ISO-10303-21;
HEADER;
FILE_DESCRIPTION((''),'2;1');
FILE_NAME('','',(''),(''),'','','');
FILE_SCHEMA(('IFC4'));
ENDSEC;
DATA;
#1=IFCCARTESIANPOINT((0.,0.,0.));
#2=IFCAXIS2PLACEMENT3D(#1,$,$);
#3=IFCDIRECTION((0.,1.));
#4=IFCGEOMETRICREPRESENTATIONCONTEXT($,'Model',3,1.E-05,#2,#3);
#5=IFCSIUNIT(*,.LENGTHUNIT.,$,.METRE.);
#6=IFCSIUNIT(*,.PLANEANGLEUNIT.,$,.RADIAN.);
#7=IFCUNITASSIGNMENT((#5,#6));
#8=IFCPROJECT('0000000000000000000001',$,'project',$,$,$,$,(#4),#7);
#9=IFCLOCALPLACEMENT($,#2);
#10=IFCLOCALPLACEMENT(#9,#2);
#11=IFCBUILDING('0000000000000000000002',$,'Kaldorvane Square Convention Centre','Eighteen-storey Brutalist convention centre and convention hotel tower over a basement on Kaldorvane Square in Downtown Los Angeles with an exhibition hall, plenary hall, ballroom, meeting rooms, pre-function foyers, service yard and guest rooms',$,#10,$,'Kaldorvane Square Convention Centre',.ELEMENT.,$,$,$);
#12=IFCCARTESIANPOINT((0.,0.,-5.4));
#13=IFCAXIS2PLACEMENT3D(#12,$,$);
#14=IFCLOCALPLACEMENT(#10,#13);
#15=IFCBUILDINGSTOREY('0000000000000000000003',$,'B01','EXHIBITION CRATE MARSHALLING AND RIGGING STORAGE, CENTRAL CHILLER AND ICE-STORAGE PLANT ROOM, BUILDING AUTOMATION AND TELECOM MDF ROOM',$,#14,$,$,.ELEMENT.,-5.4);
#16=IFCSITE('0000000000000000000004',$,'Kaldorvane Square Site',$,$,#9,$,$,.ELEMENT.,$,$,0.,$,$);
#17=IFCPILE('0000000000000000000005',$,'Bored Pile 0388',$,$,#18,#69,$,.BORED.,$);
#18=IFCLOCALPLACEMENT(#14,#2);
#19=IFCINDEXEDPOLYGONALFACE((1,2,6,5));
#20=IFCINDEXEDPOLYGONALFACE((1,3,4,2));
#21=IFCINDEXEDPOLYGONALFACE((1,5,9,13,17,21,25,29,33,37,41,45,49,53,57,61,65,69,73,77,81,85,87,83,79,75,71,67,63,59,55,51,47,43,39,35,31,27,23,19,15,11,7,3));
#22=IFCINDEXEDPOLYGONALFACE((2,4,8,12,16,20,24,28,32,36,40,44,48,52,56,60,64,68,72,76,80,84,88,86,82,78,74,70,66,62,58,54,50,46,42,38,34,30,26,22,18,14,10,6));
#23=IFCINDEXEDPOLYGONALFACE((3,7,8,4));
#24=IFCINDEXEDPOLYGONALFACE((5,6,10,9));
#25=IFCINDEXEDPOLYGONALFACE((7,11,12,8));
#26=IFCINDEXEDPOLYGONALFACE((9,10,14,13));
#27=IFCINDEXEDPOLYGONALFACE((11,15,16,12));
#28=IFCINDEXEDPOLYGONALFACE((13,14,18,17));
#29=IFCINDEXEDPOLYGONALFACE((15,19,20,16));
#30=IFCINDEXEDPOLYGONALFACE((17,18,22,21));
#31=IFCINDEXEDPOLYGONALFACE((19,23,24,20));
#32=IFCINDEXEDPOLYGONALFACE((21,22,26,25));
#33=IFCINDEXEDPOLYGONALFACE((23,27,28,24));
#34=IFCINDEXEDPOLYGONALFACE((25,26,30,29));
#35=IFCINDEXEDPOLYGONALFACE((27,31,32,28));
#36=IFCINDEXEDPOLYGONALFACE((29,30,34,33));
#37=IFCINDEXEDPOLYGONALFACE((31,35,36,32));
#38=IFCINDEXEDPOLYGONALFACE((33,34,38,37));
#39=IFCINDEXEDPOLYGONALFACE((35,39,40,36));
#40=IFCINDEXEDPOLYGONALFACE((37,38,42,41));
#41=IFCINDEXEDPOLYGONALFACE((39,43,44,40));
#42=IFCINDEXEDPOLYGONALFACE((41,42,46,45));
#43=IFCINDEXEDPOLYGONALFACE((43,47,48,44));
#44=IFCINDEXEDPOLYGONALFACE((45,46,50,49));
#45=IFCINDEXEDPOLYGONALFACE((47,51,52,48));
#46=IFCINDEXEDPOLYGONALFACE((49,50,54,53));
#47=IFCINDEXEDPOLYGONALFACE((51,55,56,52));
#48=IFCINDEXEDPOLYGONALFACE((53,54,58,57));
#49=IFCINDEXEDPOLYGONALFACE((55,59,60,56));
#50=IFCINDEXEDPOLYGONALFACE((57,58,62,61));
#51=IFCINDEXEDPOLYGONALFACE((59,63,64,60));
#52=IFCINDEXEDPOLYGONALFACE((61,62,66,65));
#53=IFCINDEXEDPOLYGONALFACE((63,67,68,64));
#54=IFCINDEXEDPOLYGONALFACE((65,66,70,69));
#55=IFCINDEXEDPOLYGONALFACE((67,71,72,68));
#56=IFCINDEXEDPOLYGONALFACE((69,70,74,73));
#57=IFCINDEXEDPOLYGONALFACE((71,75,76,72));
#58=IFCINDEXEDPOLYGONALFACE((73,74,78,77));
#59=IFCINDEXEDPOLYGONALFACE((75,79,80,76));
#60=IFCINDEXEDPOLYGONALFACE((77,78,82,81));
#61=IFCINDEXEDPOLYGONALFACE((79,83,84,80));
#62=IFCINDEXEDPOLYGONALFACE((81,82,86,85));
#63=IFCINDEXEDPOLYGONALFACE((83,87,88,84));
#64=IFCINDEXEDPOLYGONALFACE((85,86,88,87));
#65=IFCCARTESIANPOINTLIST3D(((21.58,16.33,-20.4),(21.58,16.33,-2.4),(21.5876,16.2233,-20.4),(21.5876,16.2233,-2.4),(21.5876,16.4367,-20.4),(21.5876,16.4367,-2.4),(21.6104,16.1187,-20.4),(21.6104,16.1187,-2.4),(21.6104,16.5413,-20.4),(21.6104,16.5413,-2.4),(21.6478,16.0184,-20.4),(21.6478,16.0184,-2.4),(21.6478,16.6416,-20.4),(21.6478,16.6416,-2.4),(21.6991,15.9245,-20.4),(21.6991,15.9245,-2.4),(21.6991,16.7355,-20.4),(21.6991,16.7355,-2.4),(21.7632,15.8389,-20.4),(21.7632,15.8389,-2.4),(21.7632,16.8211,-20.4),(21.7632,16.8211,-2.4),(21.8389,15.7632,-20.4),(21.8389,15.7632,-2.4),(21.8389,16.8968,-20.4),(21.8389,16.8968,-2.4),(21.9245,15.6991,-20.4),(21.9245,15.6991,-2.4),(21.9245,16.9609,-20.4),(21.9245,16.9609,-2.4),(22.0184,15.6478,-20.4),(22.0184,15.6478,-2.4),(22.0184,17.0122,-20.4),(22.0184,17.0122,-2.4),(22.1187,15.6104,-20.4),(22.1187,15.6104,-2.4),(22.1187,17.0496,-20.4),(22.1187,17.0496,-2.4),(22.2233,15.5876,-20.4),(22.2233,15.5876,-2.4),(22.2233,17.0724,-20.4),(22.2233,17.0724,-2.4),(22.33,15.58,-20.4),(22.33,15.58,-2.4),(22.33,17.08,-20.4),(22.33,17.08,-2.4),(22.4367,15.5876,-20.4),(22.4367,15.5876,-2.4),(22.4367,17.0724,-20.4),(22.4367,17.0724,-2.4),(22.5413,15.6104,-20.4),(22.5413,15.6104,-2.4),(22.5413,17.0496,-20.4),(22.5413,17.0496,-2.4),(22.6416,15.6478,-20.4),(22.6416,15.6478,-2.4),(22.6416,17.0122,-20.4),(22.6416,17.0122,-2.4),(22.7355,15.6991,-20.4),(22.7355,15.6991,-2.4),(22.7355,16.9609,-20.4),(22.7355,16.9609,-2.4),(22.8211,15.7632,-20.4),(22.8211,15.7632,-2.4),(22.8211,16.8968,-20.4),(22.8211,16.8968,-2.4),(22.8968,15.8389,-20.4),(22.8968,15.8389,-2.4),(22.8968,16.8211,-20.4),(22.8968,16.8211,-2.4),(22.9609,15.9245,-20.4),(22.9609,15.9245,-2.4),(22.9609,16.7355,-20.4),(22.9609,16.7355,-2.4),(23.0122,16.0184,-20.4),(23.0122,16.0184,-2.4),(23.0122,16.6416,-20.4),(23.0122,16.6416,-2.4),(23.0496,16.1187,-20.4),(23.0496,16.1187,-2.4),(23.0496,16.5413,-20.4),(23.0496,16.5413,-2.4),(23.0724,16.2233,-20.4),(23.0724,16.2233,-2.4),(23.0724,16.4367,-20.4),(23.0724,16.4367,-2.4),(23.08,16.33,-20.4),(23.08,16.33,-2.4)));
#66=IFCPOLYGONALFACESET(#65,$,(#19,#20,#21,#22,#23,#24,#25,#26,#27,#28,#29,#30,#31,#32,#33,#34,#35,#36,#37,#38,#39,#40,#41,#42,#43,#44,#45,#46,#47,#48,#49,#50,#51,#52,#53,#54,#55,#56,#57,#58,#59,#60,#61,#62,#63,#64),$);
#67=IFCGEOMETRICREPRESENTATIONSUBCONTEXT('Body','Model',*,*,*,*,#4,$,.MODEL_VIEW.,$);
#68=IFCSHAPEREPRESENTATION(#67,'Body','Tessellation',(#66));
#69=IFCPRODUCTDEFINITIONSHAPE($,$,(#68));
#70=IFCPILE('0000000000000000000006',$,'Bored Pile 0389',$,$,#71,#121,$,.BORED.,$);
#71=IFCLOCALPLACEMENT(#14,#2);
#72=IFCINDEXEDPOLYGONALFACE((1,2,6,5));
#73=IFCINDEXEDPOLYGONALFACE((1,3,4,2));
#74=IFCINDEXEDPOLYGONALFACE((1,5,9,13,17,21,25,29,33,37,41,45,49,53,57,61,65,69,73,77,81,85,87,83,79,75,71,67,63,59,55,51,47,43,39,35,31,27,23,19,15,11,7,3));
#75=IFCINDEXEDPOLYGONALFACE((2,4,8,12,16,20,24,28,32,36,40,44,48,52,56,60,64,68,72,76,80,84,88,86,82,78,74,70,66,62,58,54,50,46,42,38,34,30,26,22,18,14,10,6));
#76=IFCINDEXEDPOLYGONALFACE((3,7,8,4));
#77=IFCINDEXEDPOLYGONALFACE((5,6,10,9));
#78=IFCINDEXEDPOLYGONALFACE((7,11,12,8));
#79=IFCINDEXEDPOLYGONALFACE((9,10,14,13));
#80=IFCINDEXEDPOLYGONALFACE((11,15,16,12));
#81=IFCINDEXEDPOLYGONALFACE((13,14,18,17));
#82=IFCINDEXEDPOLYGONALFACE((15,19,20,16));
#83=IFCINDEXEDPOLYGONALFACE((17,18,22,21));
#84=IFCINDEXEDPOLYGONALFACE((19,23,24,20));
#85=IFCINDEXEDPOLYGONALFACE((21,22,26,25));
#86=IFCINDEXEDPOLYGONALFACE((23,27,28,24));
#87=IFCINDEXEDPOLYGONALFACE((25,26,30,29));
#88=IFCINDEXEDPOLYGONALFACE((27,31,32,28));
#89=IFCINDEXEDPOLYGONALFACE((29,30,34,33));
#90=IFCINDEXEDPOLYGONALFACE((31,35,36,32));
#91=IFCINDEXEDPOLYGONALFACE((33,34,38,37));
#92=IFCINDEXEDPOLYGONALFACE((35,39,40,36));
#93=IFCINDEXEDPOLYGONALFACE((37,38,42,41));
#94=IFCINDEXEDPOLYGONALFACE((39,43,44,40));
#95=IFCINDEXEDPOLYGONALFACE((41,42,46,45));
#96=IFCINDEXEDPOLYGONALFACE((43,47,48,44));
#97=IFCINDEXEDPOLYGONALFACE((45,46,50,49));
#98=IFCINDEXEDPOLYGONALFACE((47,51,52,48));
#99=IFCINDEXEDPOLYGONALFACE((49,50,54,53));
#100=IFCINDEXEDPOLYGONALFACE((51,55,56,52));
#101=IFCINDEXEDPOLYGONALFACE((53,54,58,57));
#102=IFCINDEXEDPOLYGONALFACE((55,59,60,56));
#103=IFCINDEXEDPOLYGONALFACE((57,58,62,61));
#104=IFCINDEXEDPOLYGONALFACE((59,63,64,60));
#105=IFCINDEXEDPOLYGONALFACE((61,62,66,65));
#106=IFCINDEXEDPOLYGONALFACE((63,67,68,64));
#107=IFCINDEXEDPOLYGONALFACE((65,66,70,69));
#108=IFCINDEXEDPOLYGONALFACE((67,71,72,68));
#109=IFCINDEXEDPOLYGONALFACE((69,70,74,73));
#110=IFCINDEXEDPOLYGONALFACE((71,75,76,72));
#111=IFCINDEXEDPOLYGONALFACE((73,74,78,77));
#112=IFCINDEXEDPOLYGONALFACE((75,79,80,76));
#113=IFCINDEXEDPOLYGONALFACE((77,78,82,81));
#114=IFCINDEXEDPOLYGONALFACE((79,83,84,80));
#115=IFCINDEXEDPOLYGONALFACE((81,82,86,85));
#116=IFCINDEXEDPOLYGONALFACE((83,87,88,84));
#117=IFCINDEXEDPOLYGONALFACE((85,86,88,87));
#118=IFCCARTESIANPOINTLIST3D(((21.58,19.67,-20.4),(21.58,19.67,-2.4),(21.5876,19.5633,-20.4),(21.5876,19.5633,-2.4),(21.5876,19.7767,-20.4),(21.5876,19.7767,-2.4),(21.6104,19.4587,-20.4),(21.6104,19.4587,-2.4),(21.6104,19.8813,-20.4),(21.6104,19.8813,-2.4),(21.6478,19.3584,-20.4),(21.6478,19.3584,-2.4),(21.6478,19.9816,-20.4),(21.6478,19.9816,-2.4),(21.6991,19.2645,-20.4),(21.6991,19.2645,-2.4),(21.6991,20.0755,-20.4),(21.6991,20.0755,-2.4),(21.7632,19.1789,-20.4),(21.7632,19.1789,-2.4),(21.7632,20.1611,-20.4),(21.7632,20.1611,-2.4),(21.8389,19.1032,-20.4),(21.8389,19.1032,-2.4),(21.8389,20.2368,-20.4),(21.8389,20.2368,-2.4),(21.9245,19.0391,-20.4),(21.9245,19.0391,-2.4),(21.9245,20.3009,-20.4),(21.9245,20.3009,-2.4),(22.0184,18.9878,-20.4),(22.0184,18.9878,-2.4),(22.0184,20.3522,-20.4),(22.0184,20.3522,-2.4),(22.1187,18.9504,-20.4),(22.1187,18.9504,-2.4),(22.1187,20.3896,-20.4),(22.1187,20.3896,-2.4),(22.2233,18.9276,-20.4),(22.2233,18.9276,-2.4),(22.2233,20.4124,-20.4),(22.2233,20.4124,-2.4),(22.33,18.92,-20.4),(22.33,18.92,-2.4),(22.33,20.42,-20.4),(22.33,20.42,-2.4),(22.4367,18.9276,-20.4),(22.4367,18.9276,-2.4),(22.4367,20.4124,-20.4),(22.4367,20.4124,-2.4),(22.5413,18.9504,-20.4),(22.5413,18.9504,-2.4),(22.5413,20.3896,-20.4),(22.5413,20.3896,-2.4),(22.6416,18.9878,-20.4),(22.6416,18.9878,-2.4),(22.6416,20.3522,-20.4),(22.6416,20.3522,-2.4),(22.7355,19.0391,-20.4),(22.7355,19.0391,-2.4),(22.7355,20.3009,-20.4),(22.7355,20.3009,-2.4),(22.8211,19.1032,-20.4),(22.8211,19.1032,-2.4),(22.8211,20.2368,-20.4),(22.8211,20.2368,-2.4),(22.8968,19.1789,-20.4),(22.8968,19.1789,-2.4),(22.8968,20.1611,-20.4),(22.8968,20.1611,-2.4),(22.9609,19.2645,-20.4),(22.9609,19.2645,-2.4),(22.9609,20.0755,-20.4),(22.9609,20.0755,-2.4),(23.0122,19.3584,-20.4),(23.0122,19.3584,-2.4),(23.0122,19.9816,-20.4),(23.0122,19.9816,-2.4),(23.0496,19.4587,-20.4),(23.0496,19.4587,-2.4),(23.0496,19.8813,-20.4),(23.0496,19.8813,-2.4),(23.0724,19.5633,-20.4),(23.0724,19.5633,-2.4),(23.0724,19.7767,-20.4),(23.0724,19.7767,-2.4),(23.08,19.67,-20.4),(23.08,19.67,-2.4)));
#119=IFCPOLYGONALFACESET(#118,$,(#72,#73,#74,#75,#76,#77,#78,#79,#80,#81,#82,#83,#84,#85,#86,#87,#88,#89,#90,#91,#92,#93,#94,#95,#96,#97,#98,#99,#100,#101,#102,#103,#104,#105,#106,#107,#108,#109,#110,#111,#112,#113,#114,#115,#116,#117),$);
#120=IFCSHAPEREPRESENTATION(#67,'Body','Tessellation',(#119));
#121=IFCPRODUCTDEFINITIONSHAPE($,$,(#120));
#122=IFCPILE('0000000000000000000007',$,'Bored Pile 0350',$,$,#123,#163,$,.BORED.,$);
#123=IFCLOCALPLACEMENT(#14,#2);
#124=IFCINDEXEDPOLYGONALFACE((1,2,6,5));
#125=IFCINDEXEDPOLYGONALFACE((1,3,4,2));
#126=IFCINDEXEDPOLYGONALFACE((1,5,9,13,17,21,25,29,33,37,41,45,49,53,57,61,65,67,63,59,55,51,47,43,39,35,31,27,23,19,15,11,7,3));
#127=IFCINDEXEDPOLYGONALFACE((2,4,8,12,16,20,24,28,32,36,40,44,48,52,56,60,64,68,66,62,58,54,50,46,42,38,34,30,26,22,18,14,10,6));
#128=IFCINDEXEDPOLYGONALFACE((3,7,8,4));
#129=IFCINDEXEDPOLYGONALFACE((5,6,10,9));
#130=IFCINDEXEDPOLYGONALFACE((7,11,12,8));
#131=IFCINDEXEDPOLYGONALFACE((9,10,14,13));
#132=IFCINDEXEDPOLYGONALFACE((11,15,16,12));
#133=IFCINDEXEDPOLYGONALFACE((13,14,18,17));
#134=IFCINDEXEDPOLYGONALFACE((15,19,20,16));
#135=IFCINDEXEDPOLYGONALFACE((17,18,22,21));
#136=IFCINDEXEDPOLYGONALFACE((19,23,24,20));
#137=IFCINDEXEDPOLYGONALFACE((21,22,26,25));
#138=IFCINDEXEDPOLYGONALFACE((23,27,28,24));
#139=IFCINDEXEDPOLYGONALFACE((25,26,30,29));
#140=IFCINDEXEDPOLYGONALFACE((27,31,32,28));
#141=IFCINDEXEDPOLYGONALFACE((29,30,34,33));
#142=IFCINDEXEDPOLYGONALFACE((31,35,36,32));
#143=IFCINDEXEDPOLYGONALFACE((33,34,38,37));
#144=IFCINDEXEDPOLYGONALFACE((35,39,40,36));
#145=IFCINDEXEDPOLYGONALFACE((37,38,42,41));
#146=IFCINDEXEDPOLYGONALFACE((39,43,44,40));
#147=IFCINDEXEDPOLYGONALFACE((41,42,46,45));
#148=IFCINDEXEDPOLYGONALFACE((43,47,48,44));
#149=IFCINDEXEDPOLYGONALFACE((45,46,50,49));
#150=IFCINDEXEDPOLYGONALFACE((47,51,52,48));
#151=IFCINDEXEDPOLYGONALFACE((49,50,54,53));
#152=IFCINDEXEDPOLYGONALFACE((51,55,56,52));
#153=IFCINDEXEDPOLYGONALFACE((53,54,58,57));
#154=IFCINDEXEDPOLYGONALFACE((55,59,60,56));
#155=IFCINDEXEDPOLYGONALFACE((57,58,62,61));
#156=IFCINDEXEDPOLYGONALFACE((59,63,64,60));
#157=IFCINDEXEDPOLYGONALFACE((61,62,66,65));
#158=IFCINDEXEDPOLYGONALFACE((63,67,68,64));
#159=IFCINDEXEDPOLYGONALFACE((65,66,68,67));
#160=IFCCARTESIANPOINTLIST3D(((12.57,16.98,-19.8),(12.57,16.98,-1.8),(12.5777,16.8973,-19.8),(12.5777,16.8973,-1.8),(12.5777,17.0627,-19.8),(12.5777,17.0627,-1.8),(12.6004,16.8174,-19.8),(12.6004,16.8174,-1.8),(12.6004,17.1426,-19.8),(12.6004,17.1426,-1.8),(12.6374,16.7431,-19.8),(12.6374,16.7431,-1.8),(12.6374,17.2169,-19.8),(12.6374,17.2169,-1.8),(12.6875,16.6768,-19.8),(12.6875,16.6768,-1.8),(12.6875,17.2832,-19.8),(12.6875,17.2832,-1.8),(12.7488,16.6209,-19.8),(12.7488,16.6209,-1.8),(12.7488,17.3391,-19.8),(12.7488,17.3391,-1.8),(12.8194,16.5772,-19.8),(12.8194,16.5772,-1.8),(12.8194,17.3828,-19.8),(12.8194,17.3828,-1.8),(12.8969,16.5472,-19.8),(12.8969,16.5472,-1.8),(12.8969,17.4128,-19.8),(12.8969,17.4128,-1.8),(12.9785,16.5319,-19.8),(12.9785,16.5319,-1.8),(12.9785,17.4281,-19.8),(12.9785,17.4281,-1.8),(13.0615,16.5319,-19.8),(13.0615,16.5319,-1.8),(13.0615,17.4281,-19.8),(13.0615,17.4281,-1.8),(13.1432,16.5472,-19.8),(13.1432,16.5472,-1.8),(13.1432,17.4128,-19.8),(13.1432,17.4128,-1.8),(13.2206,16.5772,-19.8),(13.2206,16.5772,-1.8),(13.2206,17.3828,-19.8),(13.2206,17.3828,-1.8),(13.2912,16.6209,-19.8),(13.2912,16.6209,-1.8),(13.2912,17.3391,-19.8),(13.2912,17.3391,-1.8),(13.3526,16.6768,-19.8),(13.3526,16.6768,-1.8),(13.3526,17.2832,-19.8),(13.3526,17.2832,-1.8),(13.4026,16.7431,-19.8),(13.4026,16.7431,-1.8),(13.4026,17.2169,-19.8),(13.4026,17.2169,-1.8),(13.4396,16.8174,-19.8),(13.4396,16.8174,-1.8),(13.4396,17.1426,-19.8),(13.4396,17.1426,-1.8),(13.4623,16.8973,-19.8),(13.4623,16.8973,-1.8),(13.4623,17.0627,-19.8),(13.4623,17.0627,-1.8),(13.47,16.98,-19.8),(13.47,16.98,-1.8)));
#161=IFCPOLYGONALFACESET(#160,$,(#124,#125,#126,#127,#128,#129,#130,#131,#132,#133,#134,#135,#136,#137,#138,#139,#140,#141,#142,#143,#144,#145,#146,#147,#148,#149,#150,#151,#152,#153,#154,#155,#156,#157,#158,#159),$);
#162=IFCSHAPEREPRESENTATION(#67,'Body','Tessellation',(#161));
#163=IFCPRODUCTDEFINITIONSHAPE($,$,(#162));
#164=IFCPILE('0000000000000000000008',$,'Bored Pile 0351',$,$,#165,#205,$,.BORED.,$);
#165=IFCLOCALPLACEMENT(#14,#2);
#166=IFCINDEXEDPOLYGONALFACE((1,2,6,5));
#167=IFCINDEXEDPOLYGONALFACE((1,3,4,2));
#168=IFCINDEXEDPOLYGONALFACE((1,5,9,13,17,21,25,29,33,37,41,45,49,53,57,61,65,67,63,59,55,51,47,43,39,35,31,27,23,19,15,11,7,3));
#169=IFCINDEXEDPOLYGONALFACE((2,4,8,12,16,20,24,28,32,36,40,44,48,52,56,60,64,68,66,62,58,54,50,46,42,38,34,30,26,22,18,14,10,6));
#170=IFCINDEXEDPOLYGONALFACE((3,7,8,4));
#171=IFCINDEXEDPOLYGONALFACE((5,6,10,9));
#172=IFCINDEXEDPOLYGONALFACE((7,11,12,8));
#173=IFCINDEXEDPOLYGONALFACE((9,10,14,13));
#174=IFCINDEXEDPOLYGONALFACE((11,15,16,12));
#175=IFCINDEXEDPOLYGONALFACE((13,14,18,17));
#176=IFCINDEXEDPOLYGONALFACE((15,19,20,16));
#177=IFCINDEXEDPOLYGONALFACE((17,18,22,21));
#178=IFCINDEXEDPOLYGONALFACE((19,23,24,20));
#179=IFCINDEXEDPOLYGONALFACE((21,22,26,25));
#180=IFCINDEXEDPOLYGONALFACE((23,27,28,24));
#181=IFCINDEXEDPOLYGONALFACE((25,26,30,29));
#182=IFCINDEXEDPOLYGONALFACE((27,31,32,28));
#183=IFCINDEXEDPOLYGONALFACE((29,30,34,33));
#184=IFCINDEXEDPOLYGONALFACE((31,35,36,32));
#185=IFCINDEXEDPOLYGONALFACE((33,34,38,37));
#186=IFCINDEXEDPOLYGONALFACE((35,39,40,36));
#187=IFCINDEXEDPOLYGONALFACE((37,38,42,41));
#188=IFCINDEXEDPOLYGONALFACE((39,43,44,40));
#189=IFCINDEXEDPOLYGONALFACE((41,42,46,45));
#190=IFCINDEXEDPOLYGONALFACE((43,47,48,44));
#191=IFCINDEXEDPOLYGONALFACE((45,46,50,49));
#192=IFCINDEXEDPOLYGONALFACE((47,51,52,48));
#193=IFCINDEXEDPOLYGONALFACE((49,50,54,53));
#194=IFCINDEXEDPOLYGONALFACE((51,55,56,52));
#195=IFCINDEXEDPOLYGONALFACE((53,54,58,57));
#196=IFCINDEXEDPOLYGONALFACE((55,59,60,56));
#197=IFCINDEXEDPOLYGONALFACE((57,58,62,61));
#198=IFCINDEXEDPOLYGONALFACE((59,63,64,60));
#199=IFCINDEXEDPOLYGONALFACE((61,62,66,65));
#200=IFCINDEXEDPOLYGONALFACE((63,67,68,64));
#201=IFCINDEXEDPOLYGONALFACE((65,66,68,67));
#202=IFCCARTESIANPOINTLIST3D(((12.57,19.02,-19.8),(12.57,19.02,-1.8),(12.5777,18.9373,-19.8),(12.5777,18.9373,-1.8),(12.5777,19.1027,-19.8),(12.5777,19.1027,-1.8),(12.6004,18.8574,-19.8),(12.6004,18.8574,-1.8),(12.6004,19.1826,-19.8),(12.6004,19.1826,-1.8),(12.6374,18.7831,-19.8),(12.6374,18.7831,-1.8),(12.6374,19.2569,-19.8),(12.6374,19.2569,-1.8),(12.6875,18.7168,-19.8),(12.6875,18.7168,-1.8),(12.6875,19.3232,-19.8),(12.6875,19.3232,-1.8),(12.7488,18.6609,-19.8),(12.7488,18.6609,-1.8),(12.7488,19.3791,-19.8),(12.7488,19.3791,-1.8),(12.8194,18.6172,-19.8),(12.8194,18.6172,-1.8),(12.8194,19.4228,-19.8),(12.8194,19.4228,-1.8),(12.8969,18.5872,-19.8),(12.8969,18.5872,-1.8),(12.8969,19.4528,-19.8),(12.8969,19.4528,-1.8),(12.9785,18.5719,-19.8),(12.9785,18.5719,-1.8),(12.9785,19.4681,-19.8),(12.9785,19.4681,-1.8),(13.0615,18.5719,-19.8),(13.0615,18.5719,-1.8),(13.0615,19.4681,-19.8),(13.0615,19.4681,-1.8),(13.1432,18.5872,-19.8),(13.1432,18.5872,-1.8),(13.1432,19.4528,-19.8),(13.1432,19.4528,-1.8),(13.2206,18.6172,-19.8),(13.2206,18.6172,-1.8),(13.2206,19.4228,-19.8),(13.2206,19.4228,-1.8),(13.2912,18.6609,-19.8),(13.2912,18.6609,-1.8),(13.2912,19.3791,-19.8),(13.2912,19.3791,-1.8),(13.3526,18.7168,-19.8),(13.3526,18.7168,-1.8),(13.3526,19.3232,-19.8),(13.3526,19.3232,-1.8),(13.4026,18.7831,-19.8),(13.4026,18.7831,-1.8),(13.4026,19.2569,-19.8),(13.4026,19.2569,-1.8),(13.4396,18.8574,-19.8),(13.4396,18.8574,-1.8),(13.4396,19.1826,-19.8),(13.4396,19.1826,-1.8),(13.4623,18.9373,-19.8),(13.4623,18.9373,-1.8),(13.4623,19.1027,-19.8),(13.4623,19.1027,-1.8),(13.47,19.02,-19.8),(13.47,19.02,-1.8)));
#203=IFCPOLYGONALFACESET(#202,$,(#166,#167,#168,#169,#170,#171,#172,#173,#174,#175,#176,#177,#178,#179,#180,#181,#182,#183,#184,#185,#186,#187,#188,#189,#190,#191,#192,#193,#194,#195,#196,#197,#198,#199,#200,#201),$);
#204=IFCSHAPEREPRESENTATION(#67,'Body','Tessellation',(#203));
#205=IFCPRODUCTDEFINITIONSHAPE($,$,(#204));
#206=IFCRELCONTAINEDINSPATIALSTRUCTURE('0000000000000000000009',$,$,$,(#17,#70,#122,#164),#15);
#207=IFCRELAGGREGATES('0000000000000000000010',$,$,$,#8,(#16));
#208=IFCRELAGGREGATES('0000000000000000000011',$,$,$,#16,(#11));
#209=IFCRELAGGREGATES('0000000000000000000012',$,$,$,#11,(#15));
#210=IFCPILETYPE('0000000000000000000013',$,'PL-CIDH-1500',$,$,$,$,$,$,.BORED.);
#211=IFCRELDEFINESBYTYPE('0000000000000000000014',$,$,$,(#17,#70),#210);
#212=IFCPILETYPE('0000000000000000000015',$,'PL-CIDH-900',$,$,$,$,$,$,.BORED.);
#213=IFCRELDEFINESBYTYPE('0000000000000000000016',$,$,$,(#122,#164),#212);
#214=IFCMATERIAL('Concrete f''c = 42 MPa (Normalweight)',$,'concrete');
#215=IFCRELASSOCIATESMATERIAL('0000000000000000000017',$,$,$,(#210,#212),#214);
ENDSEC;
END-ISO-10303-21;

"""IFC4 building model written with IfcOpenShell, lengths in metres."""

from ifc_helpers import new_model, si_unit, direction, frame, origin, origin_2d, place, context, subcontext, project, spatial, circle, extrude, material, material_profile, profile_set, type_object, element, save


model = new_model("IFC4")

# Units and contexts
model_context = context("Model", 3, precision=1e-05, world=origin(), true_north=direction((0.0, 1.0)))
body_context = subcontext(model_context, "Body", "Model", "MODEL_VIEW")
ifc_project = project(units=[si_unit("LENGTHUNIT", "METRE"), si_unit("PLANEANGLEUNIT", "RADIAN")], contexts=[model_context])

# Site, building, storey
site_placement = place(None, origin())
site = spatial("IfcSite", under=ifc_project, at=site_placement, Name="Kaldorvane Square Site", CompositionType="ELEMENT", RefElevation=0.0)
building_placement = place(site_placement, origin())
building = spatial("IfcBuilding", under=site, at=building_placement, Name="Kaldorvane Square Convention Centre", Description="Eighteen-storey Brutalist convention centre and convention hotel tower over a basement on Kaldorvane Square in Downtown Los Angeles with an exhibition hall, plenary hall, ballroom, meeting rooms, pre-function foyers, service yard and guest rooms", LongName="Kaldorvane Square Convention Centre", CompositionType="ELEMENT")
storey_placement = place(building_placement, frame((0.0, 0.0, -5.4)))
storey = spatial("IfcBuildingStorey", under=building, at=storey_placement, Name="B01", Description="EXHIBITION CRATE MARSHALLING AND RIGGING STORAGE, CENTRAL CHILLER AND ICE-STORAGE PLANT ROOM, BUILDING AUTOMATION AND TELECOM MDF ROOM", CompositionType="ELEMENT", Elevation=-5.4)

# Shared definitions
ifc_material_1 = material(Name="Concrete f'c = 42 MPa (Normalweight)", Category="concrete")

# Piles
ifc_material_profile_1 = material_profile(ifc_material_1, circle(Radius=0.75, at=origin_2d()), Name="PILE-D1500")
ifc_profile_set_1 = profile_set([ifc_material_profile_1], Name="Concrete f'c = 42 MPa (Normalweight)")
pile_type_1 = type_object("IfcPileType", Name="PL-CIDH-1500", PredefinedType="BORED", material=ifc_profile_set_1)
for number, where, z_axis, x_axis, name in (
    (1, (22.33, 16.33, -2.4), (0.0, 0.0, -1.0), (1.0, 0.0, 0.0), "Bored Pile 0388"),
    (2, (22.33, 19.67, -2.4), (0.0, 0.0, -1.0), (1.0, 0.0, 0.0), "Bored Pile 0389"),
):
    element("IfcPile", number, at=place(storey_placement, frame(where, z_axis=z_axis, x_axis=x_axis)), inside=storey, type_object=pile_type_1, Name=name, PredefinedType="BORED", context=body_context, shape_type="SweptSolid", body=[
        extrude(circle(Radius=0.75, at=origin_2d()), origin(), (0.0, 0.0, 1.0), 18.0),
    ])
ifc_material_profile_2 = material_profile(ifc_material_1, circle(Radius=0.45, at=origin_2d()), Name="PILE-D900")
ifc_profile_set_2 = profile_set([ifc_material_profile_2], Name="Concrete f'c = 42 MPa (Normalweight)")
pile_type_2 = type_object("IfcPileType", Name="PL-CIDH-900", PredefinedType="BORED", material=ifc_profile_set_2)
for number, where, z_axis, x_axis, name in (
    (3, (13.02, 16.98, -1.8), (0.0, 0.0, -1.0), (1.0, 0.0, 0.0), "Bored Pile 0350"),
    (4, (13.02, 19.02, -1.8), (0.0, 0.0, -1.0), (1.0, 0.0, 0.0), "Bored Pile 0351"),
):
    element("IfcPile", number, at=place(storey_placement, frame(where, z_axis=z_axis, x_axis=x_axis)), inside=storey, type_object=pile_type_2, Name=name, PredefinedType="BORED", context=body_context, shape_type="SweptSolid", body=[
        extrude(circle(Radius=0.45, at=origin_2d()), origin(), (0.0, 0.0, 1.0), 18.0),
    ])

save(model, "model.ifc")
